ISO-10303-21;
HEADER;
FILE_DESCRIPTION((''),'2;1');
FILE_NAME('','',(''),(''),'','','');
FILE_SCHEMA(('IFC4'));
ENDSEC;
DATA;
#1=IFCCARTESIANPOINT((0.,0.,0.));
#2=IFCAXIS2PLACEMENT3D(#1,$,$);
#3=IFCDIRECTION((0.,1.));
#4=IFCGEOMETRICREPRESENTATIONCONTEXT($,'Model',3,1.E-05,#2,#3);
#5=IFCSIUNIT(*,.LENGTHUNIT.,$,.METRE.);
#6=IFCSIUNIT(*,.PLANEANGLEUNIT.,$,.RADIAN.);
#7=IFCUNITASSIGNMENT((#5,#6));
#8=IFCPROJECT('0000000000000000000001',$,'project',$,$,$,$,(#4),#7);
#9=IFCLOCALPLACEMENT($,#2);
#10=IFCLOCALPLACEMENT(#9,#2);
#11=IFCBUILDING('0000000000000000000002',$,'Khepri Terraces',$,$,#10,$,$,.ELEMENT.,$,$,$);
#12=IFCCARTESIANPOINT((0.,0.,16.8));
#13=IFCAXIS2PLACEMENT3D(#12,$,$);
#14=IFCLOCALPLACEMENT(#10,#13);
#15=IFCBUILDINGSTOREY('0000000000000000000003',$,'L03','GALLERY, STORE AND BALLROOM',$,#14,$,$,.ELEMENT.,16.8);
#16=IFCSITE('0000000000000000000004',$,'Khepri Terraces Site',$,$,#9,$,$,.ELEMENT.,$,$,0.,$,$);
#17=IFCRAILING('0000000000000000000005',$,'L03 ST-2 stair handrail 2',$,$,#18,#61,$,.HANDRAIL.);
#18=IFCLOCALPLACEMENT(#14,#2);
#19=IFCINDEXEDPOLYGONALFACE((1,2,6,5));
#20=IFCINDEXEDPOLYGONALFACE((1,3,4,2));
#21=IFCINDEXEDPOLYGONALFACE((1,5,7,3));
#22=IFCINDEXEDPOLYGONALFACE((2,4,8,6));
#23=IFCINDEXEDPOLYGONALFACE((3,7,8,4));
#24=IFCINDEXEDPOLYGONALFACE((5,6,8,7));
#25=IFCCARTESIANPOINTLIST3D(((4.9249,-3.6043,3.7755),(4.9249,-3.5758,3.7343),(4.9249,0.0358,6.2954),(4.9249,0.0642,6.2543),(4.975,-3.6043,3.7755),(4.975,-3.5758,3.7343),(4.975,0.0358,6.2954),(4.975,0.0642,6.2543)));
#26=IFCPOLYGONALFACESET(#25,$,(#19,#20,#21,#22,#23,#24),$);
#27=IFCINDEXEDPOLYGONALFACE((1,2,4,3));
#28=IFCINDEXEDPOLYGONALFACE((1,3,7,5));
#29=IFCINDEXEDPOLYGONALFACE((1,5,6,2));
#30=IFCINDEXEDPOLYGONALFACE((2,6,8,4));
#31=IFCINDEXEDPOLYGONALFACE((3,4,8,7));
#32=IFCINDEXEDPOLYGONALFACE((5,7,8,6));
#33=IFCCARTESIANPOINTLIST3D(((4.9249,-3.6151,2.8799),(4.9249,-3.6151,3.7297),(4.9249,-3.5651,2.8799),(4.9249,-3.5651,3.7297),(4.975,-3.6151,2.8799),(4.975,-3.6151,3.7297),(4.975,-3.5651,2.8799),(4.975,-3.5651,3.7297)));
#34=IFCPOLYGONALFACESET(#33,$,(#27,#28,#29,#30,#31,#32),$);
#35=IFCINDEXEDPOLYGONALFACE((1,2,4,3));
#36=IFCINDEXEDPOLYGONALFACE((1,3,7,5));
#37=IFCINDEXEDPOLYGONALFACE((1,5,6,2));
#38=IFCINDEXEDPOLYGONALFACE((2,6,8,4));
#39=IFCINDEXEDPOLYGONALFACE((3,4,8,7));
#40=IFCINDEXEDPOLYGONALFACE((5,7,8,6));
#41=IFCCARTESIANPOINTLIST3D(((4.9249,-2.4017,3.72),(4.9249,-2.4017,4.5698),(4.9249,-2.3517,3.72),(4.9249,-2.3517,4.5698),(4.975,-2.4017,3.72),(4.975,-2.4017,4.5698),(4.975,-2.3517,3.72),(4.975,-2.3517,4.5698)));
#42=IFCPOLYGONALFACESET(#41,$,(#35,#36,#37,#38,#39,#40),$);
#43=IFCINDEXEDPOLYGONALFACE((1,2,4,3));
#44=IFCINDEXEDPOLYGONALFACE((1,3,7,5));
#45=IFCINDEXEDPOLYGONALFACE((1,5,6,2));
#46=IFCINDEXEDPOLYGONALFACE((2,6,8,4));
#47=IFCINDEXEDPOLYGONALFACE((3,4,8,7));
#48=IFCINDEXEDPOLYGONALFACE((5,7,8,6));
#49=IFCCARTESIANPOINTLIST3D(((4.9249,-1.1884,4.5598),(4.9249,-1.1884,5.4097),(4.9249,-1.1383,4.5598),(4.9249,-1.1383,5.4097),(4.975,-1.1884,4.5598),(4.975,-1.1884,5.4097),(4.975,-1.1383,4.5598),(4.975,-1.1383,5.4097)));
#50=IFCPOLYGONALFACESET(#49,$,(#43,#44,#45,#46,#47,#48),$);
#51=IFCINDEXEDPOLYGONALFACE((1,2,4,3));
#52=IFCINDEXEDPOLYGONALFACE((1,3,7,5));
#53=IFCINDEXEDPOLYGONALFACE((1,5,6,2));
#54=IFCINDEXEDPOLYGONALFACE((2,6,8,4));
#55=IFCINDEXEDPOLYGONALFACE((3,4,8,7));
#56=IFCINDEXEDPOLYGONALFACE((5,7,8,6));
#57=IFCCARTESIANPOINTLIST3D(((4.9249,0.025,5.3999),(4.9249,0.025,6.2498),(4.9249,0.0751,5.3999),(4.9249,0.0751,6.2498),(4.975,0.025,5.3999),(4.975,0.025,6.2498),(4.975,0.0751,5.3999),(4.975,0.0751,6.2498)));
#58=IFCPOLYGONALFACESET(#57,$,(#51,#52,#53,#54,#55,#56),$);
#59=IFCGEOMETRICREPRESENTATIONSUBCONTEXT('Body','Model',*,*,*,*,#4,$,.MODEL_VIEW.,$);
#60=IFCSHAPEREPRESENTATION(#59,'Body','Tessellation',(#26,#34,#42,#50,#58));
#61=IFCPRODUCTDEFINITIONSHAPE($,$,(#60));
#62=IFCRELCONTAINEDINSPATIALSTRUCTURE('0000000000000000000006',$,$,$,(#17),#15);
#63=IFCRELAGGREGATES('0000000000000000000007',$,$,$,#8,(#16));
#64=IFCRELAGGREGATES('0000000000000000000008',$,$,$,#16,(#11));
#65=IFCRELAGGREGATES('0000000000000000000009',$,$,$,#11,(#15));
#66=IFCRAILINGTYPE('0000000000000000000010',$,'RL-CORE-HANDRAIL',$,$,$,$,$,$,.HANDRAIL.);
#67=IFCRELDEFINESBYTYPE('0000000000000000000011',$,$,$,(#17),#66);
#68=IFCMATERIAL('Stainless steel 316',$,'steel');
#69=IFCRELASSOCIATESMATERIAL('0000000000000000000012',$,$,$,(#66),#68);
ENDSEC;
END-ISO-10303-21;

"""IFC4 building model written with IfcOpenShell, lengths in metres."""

from ifc_helpers import new_model, si_unit, direction, frame, origin, origin_2d, place, context, subcontext, project, spatial, rectangle, extrude, material, type_object, element, save


model = new_model("IFC4")

# Units and contexts
model_context = context("Model", 3, precision=1e-05, world=origin(), true_north=direction((0.0, 1.0)))
body_context = subcontext(model_context, "Body", "Model", "MODEL_VIEW")
ifc_project = project(units=[si_unit("LENGTHUNIT", "METRE"), si_unit("PLANEANGLEUNIT", "RADIAN")], contexts=[model_context])

# Site, building, storey
site_placement = place(None, origin())
site = spatial("IfcSite", under=ifc_project, at=site_placement, Name="Khepri Terraces Site", CompositionType="ELEMENT", RefElevation=0.0)
building_placement = place(site_placement, origin())
building = spatial("IfcBuilding", under=site, at=building_placement, Name="Khepri Terraces", CompositionType="ELEMENT")
storey_placement = place(building_placement, frame((0.0, 0.0, 16.8)))
storey = spatial("IfcBuildingStorey", under=building, at=storey_placement, Name="L03", Description="GALLERY, STORE AND BALLROOM", CompositionType="ELEMENT", Elevation=16.8)

# Railing
ifc_material_1 = material(Name="Stainless steel 316", Category="steel")
railing_type_1 = type_object("IfcRailingType", Name="RL-CORE-HANDRAIL", PredefinedType="HANDRAIL", material=ifc_material_1)
railing_1_placement = place(storey_placement, frame((4.95, -3.5901, 2.8799)))
element("IfcRailing", 1, at=railing_1_placement, inside=storey, type_object=railing_type_1, Name="L03 ST-2 stair handrail 2", PredefinedType="HANDRAIL", context=body_context, shape_type="SweptSolid", body=[
    extrude(rectangle(XDim=0.05, YDim=0.05, at=origin_2d()), frame((0.0, 0.0, 0.875), z_axis=(0.0, 0.8222, 0.569199), x_axis=(-1.0, 0.0, 0.0)), (0.0, 0.0, 1.0), 4.4272),
    extrude(rectangle(XDim=0.05, YDim=0.05, at=origin_2d()), origin(), (0.0, 0.0, 1.0), 0.8499),
    extrude(rectangle(XDim=0.05, YDim=0.05, at=origin_2d()), frame((0.0, 1.2134, 0.8401)), (0.0, 0.0, 1.0), 0.8499),
    extrude(rectangle(XDim=0.05, YDim=0.05, at=origin_2d()), frame((0.0, 2.4268, 1.6799)), (0.0, 0.0, 1.0), 0.8499),
    extrude(rectangle(XDim=0.05, YDim=0.05, at=origin_2d()), frame((0.0, 3.6401, 2.52)), (0.0, 0.0, 1.0), 0.8499),
])

save(model, "model.ifc")
